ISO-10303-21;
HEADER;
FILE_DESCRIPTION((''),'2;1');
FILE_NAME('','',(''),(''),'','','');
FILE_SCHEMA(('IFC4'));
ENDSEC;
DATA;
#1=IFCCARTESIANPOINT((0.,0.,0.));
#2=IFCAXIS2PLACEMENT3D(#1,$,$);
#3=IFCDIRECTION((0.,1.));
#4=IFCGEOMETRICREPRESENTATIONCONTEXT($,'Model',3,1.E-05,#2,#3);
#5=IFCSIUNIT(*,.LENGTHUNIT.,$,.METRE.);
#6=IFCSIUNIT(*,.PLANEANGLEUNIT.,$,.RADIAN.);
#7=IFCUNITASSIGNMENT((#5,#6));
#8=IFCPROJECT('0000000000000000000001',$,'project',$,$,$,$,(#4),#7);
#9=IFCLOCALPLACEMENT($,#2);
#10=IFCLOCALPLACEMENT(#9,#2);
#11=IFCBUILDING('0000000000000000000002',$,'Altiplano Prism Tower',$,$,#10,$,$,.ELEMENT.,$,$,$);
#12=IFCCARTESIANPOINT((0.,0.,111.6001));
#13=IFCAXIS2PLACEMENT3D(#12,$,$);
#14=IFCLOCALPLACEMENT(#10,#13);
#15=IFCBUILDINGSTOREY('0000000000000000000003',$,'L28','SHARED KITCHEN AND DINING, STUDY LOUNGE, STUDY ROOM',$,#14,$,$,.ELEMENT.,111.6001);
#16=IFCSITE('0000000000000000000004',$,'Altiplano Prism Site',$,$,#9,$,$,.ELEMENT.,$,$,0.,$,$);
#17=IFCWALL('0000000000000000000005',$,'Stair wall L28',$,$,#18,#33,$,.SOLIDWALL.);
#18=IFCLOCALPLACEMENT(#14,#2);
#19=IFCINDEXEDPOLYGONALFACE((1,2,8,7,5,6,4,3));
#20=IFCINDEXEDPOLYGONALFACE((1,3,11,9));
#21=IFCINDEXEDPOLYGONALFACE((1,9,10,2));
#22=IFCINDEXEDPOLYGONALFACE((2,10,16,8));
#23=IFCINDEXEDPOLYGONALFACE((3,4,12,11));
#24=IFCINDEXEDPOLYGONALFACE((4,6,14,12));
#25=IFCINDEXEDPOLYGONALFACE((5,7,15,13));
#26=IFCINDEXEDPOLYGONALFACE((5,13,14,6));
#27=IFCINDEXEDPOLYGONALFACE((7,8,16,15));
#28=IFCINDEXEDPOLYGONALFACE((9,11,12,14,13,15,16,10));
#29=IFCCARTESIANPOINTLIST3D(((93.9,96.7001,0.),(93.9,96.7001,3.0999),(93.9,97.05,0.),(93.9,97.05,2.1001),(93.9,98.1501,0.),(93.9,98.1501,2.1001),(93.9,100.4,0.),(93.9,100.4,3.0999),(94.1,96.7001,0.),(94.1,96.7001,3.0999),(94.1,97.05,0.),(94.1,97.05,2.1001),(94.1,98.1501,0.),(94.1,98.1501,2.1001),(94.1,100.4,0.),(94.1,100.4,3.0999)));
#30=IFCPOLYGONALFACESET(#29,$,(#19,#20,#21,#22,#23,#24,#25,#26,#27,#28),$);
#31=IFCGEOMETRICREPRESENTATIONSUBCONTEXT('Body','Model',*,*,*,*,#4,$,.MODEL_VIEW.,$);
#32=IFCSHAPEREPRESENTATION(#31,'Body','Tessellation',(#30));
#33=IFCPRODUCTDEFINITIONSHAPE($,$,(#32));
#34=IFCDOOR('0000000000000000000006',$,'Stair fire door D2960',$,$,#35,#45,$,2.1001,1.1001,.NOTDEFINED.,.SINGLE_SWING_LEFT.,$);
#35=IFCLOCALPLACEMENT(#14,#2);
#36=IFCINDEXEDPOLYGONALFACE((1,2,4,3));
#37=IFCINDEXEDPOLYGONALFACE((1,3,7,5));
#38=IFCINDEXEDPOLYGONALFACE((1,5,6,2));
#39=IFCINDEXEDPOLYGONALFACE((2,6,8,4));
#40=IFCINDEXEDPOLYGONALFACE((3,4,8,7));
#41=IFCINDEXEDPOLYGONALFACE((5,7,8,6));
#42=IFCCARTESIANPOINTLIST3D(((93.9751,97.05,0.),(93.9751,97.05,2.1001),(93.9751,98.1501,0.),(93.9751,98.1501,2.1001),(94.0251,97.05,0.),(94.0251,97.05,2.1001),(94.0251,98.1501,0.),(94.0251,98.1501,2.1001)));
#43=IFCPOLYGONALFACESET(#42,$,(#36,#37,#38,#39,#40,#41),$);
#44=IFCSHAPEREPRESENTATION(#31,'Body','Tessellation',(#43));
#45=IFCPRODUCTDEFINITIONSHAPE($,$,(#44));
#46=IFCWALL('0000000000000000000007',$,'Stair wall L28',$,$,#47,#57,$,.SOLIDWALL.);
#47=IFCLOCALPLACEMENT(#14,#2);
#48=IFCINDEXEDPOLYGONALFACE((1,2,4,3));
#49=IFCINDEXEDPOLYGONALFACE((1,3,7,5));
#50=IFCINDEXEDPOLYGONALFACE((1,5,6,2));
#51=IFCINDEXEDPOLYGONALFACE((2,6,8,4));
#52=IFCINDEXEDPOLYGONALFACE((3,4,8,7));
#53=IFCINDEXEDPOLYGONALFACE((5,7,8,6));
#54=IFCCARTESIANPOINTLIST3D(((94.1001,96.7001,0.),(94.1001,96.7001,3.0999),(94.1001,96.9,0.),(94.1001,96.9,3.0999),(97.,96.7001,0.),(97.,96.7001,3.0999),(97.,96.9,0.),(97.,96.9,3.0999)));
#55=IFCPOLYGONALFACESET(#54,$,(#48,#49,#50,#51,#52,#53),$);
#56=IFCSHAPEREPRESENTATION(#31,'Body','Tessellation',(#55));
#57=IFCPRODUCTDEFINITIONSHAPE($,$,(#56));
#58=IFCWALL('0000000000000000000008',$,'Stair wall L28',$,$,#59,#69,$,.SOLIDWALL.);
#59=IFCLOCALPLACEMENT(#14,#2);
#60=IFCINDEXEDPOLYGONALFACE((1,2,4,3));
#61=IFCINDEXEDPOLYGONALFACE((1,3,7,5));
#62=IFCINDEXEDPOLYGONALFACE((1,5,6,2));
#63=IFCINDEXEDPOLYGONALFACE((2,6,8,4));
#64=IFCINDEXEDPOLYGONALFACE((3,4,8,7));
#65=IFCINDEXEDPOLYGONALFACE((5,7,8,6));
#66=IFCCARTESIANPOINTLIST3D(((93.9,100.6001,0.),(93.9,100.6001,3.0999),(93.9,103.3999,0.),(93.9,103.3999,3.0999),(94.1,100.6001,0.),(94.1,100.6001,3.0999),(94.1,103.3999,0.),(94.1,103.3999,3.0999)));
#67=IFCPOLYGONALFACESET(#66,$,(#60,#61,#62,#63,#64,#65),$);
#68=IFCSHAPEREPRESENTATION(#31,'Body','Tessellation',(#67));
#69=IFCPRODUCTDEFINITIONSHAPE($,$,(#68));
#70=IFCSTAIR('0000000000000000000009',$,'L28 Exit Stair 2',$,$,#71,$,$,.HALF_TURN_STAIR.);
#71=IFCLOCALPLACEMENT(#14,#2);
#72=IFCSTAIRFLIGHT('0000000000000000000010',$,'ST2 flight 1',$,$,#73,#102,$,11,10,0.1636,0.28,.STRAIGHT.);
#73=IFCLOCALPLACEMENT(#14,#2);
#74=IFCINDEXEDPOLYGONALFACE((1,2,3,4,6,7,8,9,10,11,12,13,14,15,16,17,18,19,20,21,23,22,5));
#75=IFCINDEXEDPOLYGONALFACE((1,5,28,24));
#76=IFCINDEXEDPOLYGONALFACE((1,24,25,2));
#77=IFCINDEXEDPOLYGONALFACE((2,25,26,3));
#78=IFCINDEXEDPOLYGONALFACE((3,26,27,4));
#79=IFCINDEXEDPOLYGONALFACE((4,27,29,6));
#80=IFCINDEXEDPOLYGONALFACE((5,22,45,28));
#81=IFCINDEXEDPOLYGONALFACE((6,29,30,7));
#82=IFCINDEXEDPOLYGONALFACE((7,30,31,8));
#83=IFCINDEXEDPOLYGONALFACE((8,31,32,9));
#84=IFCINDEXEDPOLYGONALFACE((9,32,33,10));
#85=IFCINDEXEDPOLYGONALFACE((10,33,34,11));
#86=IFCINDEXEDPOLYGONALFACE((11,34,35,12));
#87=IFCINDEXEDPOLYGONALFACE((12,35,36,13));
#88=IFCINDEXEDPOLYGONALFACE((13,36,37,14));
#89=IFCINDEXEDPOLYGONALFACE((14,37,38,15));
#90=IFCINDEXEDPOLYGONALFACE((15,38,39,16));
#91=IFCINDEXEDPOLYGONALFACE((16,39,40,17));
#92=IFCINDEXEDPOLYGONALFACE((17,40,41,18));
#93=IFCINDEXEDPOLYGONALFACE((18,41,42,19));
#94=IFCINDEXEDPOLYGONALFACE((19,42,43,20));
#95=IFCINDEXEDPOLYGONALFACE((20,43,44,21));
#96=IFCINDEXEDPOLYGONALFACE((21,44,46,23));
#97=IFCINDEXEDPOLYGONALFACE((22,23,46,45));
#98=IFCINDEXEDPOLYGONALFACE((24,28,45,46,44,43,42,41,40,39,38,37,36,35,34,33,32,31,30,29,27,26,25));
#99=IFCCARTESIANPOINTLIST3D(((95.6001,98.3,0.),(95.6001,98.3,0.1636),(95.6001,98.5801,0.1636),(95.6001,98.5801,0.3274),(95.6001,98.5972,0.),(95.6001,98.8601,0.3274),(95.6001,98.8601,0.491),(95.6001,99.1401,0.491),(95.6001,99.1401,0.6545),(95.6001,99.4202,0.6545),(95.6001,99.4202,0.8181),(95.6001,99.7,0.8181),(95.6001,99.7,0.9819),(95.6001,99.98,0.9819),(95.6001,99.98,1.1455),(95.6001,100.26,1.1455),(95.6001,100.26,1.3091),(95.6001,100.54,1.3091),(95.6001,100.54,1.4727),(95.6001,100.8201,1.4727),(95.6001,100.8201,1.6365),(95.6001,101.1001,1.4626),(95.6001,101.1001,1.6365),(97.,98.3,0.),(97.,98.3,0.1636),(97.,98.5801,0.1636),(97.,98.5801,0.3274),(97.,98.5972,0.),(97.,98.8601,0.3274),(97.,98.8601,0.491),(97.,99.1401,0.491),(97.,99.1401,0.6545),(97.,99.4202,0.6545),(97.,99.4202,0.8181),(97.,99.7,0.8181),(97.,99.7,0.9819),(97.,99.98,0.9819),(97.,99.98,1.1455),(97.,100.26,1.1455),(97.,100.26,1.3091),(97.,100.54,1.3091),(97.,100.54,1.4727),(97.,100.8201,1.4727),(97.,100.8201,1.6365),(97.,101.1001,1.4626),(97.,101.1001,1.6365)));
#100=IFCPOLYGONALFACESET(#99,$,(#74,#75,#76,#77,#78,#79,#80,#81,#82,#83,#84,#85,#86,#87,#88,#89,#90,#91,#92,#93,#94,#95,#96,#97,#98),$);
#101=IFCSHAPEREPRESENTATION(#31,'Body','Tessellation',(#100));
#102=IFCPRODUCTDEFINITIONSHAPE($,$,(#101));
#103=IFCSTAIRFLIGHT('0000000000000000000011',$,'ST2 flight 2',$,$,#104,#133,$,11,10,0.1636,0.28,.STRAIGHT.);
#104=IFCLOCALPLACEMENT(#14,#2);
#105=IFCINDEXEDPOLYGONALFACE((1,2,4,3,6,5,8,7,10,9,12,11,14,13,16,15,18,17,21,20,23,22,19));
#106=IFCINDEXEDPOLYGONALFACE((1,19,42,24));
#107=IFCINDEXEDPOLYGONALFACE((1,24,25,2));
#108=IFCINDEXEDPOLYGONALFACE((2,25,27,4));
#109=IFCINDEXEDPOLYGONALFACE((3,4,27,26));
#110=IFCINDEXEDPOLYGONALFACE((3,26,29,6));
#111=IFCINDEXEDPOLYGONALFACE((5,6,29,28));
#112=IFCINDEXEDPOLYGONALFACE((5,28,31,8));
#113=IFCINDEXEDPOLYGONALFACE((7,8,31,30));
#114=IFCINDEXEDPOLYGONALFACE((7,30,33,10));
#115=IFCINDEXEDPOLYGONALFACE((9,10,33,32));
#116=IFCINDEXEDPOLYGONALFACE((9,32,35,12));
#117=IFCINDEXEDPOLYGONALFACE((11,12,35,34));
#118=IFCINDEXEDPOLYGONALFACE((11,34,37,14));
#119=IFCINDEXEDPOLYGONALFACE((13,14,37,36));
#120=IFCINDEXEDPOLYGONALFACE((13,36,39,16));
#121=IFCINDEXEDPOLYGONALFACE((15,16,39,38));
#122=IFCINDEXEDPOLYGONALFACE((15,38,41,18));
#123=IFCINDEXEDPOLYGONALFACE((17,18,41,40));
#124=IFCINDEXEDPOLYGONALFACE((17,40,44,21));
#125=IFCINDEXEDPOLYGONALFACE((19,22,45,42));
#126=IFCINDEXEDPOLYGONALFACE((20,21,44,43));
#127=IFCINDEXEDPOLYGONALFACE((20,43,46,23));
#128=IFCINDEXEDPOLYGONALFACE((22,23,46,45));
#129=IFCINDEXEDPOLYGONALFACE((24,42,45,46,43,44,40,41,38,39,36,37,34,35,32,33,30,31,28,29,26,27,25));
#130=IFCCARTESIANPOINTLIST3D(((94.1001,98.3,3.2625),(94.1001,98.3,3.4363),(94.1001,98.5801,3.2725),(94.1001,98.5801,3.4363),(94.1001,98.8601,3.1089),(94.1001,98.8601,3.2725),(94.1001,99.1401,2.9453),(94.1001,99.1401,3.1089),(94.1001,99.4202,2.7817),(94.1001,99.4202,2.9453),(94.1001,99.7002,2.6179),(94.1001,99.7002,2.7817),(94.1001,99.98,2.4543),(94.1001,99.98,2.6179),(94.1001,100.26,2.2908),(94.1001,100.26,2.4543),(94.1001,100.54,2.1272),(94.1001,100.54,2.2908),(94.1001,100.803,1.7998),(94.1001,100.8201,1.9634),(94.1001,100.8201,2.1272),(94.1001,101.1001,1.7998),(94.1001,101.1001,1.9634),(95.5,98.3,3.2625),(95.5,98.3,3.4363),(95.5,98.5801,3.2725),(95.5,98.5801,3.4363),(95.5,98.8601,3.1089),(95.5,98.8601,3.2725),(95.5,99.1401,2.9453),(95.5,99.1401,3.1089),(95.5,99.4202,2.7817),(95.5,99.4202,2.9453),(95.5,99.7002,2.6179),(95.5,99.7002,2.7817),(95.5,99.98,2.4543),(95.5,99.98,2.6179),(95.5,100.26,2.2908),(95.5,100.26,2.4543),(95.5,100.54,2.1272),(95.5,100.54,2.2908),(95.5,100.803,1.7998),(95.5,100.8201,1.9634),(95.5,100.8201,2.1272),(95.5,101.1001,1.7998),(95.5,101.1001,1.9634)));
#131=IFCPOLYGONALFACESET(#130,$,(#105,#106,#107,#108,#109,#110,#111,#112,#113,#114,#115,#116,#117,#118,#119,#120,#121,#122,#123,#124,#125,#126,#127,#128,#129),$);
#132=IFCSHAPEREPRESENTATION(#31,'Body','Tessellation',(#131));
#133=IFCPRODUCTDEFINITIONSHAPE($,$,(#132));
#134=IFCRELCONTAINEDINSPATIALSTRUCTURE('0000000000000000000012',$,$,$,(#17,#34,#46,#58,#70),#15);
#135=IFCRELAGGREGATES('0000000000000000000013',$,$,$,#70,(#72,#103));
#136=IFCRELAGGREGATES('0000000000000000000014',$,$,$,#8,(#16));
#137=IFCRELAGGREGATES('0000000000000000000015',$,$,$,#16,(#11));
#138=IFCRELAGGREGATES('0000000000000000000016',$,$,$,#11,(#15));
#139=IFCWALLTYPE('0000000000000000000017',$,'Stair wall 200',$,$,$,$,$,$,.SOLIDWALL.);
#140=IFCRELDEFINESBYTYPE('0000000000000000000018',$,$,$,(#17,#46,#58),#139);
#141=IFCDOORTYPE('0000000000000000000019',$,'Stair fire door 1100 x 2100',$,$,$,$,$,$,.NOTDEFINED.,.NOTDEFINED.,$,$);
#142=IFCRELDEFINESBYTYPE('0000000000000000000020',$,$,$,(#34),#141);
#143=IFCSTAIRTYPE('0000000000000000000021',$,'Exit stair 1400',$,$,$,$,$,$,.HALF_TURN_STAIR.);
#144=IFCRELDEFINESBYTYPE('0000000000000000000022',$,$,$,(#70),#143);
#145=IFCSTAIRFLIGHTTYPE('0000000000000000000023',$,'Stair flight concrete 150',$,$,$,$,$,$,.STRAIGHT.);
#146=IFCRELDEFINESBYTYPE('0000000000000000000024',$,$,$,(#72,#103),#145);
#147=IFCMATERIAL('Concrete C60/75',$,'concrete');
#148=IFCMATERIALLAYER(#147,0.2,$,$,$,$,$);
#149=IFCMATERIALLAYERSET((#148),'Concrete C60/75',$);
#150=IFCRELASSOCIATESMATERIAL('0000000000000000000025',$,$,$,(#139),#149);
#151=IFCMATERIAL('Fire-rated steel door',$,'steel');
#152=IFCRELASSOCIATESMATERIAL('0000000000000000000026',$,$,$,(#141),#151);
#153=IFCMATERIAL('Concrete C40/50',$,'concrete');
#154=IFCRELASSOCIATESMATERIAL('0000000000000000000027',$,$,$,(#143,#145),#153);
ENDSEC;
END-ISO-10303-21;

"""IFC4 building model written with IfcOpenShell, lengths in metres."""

from ifc_helpers import new_model, si_unit, direction, frame, frame_2d, origin, place, context, subcontext, project, spatial, polyline, rectangle, outline, extrude, material, layer, layer_set, type_object, element, fill, aggregate, save


model = new_model("IFC4")

# Units and contexts
model_context = context("Model", 3, precision=1e-05, world=origin(), true_north=direction((0.0, 1.0)))
body_context = subcontext(model_context, "Body", "Model", "MODEL_VIEW")
ifc_project = project(units=[si_unit("LENGTHUNIT", "METRE"), si_unit("PLANEANGLEUNIT", "RADIAN")], contexts=[model_context])

# Site, building, storey
site_placement = place(None, origin())
site = spatial("IfcSite", under=ifc_project, at=site_placement, Name="Altiplano Prism Site", CompositionType="ELEMENT", RefElevation=0.0)
building_placement = place(site_placement, origin())
building = spatial("IfcBuilding", under=site, at=building_placement, Name="Altiplano Prism Tower", CompositionType="ELEMENT")
storey_placement = place(building_placement, frame((0.0, 0.0, 111.6001)))
storey = spatial("IfcBuildingStorey", under=building, at=storey_placement, Name="L28", Description="SHARED KITCHEN AND DINING, STUDY LOUNGE, STUDY ROOM", CompositionType="ELEMENT", Elevation=111.6001)

# Shared definitions
ifc_material_1 = material(Name="Concrete C60/75", Category="concrete")

# Wall, opening, door
ifc_layer_1 = layer(ifc_material_1, 0.2)
ifc_layer_set_1 = layer_set([ifc_layer_1], Name="Concrete C60/75")
wall_type_1 = type_object("IfcWallType", Name="Stair wall 200", PredefinedType="SOLIDWALL", material=ifc_layer_set_1)
wall_1_placement = place(storey_placement, frame((94.0, 96.7, 0.0), z_axis=(0.0, 0.0, 1.0), x_axis=(0.0, 1.0, 0.0)))
wall_1 = element("IfcWall", 1, at=wall_1_placement, inside=storey, type_object=wall_type_1, Name="Stair wall L28", PredefinedType="SOLIDWALL", context=body_context, shape_type="SweptSolid", body=[
    extrude(rectangle(XDim=3.7, YDim=0.2, at=frame_2d((1.8501, 0.0))), origin(), (0.0, 0.0, 1.0), 3.0999),
])
opening_1_placement = place(wall_1_placement, frame((0.3501, 0.0, 0.0)))
opening_1 = element("IfcOpeningElement", 2, at=opening_1_placement, cuts=wall_1, PredefinedType="OPENING", context=body_context, shape_type="SweptSolid", body=[
    extrude(rectangle(XDim=1.1001, YDim=2.1001, at=frame_2d((0.55, 1.05))), frame((0.0, 0.1104, 0.0), z_axis=(0.0, -1.0, 0.0), x_axis=(1.0, 0.0, 0.0)), (0.0, 0.0, 1.0), 0.2209),
])
ifc_material_2 = material(Name="Fire-rated steel door", Category="steel")
door_type_1 = type_object("IfcDoorType", Name="Stair fire door 1100 x 2100", OperationType="NOTDEFINED", PredefinedType="NOTDEFINED", material=ifc_material_2)
door_1_placement = place(opening_1_placement, origin())
door_1 = element("IfcDoor", 3, at=door_1_placement, inside=storey, type_object=door_type_1, Name="Stair fire door D2960", OperationType="SINGLE_SWING_LEFT", OverallHeight=2.1001, OverallWidth=1.1001, PredefinedType="NOTDEFINED", context=body_context, shape_type="SweptSolid", body=[
    extrude(rectangle(XDim=1.1001, YDim=2.1001, at=frame_2d((0.55, 1.05))), frame((0.0, 0.0249, 0.0), z_axis=(0.0, -1.0, 0.0), x_axis=(1.0, 0.0, 0.0)), (0.0, 0.0, 1.0), 0.05),
])
fill(opening_1, door_1)

# Walls
wall_2_placement = place(storey_placement, frame((94.1001, 96.8, 0.0), z_axis=(0.0, 0.0, 1.0), x_axis=(1.0, 0.0, 0.0)))
element("IfcWall", 4, at=wall_2_placement, inside=storey, type_object=wall_type_1, Name="Stair wall L28", PredefinedType="SOLIDWALL", context=body_context, shape_type="SweptSolid", body=[
    extrude(rectangle(XDim=2.8999, YDim=0.2, at=frame_2d((1.45, 0.0))), origin(), (0.0, 0.0, 1.0), 3.0999),
])
wall_3_placement = place(storey_placement, frame((94.0, 100.6001, 0.0), z_axis=(0.0, 0.0, 1.0), x_axis=(0.0, 1.0, 0.0)))
element("IfcWall", 5, at=wall_3_placement, inside=storey, type_object=wall_type_1, Name="Stair wall L28", PredefinedType="SOLIDWALL", context=body_context, shape_type="SweptSolid", body=[
    extrude(rectangle(XDim=2.7998, YDim=0.2, at=frame_2d((1.3999, 0.0))), origin(), (0.0, 0.0, 1.0), 3.0999),
])

# Stair, stair flights
ifc_material_3 = material(Name="Concrete C40/50", Category="concrete")
stair_type = type_object("IfcStairType", Name="Exit stair 1400", PredefinedType="HALF_TURN_STAIR", material=ifc_material_3)
stair_placement = place(storey_placement, origin())
stair = element("IfcStair", 6, at=stair_placement, inside=storey, type_object=stair_type, Name="L28 Exit Stair 2", PredefinedType="HALF_TURN_STAIR")
stair_flight_type = type_object("IfcStairFlightType", Name="Stair flight concrete 150", PredefinedType="STRAIGHT", material=ifc_material_3)
stair_flight_1_placement = place(storey_placement, frame((96.3, 98.3, 0.0), z_axis=(0.0, 0.0, 1.0), x_axis=(0.0, 1.0, 0.0)))
stair_flight_1 = element("IfcStairFlight", 7, at=stair_flight_1_placement, type_object=stair_flight_type, Name="ST2 flight 1", NumberOfRisers=11, NumberOfTreads=10, PredefinedType="STRAIGHT", RiserHeight=0.1636, TreadLength=0.28, context=body_context, shape_type="SweptSolid", body=[
    extrude(outline(polyline([(0.0, 0.0), (0.0, 0.1636), (0.28, 0.1636), (0.28, 0.3274), (0.5601, 0.3274), (0.5601, 0.491), (0.8401, 0.491), (0.8401, 0.6545), (1.1201, 0.6545), (1.1201, 0.8181), (1.3999, 0.8181), (1.3999, 0.9819), (1.6799, 0.9819), (1.6799, 1.1455), (1.96, 1.1455), (1.96, 1.3091), (2.24, 1.3091), (2.24, 1.4727), (2.52, 1.4727), (2.52, 1.6365), (2.8, 1.6365), (2.8, 1.8), (2.8, 1.4626), (0.2971, 0.0), (0.0, 0.0)])), frame((0.0, 0.7, 0.0), z_axis=(0.0, -1.0, 0.0), x_axis=(1.0, 0.0, 0.0)), (0.0, 0.0, 1.0), 1.3999),
])
stair_flight_2_placement = place(storey_placement, frame((94.8, 101.1001, 1.7998), z_axis=(0.0, 0.0, 1.0), x_axis=(0.0, -1.0, 0.0)))
stair_flight_2 = element("IfcStairFlight", 8, at=stair_flight_2_placement, type_object=stair_flight_type, Name="ST2 flight 2", NumberOfRisers=11, NumberOfTreads=10, PredefinedType="STRAIGHT", RiserHeight=0.1636, TreadLength=0.28, context=body_context, shape_type="SweptSolid", body=[
    extrude(outline(polyline([(0.0, 0.0), (0.0, 0.1636), (0.28, 0.1636), (0.28, 0.3274), (0.5601, 0.3274), (0.5601, 0.491), (0.8401, 0.491), (0.8401, 0.6545), (1.1201, 0.6545), (1.1201, 0.8181), (1.3999, 0.8181), (1.3999, 0.9819), (1.6799, 0.9819), (1.6799, 1.1455), (1.96, 1.1455), (1.96, 1.3091), (2.24, 1.3091), (2.24, 1.4727), (2.52, 1.4727), (2.52, 1.6365), (2.8, 1.6365), (2.8, 1.8), (2.8, 1.4626), (0.2971, 0.0), (0.0, 0.0)])), frame((0.0, 0.7, 0.0), z_axis=(0.0, -1.0, 0.0), x_axis=(1.0, 0.0, 0.0)), (0.0, 0.0, 1.0), 1.3999),
])
aggregate(stair, [stair_flight_1, stair_flight_2])

save(model, "model.ifc")
